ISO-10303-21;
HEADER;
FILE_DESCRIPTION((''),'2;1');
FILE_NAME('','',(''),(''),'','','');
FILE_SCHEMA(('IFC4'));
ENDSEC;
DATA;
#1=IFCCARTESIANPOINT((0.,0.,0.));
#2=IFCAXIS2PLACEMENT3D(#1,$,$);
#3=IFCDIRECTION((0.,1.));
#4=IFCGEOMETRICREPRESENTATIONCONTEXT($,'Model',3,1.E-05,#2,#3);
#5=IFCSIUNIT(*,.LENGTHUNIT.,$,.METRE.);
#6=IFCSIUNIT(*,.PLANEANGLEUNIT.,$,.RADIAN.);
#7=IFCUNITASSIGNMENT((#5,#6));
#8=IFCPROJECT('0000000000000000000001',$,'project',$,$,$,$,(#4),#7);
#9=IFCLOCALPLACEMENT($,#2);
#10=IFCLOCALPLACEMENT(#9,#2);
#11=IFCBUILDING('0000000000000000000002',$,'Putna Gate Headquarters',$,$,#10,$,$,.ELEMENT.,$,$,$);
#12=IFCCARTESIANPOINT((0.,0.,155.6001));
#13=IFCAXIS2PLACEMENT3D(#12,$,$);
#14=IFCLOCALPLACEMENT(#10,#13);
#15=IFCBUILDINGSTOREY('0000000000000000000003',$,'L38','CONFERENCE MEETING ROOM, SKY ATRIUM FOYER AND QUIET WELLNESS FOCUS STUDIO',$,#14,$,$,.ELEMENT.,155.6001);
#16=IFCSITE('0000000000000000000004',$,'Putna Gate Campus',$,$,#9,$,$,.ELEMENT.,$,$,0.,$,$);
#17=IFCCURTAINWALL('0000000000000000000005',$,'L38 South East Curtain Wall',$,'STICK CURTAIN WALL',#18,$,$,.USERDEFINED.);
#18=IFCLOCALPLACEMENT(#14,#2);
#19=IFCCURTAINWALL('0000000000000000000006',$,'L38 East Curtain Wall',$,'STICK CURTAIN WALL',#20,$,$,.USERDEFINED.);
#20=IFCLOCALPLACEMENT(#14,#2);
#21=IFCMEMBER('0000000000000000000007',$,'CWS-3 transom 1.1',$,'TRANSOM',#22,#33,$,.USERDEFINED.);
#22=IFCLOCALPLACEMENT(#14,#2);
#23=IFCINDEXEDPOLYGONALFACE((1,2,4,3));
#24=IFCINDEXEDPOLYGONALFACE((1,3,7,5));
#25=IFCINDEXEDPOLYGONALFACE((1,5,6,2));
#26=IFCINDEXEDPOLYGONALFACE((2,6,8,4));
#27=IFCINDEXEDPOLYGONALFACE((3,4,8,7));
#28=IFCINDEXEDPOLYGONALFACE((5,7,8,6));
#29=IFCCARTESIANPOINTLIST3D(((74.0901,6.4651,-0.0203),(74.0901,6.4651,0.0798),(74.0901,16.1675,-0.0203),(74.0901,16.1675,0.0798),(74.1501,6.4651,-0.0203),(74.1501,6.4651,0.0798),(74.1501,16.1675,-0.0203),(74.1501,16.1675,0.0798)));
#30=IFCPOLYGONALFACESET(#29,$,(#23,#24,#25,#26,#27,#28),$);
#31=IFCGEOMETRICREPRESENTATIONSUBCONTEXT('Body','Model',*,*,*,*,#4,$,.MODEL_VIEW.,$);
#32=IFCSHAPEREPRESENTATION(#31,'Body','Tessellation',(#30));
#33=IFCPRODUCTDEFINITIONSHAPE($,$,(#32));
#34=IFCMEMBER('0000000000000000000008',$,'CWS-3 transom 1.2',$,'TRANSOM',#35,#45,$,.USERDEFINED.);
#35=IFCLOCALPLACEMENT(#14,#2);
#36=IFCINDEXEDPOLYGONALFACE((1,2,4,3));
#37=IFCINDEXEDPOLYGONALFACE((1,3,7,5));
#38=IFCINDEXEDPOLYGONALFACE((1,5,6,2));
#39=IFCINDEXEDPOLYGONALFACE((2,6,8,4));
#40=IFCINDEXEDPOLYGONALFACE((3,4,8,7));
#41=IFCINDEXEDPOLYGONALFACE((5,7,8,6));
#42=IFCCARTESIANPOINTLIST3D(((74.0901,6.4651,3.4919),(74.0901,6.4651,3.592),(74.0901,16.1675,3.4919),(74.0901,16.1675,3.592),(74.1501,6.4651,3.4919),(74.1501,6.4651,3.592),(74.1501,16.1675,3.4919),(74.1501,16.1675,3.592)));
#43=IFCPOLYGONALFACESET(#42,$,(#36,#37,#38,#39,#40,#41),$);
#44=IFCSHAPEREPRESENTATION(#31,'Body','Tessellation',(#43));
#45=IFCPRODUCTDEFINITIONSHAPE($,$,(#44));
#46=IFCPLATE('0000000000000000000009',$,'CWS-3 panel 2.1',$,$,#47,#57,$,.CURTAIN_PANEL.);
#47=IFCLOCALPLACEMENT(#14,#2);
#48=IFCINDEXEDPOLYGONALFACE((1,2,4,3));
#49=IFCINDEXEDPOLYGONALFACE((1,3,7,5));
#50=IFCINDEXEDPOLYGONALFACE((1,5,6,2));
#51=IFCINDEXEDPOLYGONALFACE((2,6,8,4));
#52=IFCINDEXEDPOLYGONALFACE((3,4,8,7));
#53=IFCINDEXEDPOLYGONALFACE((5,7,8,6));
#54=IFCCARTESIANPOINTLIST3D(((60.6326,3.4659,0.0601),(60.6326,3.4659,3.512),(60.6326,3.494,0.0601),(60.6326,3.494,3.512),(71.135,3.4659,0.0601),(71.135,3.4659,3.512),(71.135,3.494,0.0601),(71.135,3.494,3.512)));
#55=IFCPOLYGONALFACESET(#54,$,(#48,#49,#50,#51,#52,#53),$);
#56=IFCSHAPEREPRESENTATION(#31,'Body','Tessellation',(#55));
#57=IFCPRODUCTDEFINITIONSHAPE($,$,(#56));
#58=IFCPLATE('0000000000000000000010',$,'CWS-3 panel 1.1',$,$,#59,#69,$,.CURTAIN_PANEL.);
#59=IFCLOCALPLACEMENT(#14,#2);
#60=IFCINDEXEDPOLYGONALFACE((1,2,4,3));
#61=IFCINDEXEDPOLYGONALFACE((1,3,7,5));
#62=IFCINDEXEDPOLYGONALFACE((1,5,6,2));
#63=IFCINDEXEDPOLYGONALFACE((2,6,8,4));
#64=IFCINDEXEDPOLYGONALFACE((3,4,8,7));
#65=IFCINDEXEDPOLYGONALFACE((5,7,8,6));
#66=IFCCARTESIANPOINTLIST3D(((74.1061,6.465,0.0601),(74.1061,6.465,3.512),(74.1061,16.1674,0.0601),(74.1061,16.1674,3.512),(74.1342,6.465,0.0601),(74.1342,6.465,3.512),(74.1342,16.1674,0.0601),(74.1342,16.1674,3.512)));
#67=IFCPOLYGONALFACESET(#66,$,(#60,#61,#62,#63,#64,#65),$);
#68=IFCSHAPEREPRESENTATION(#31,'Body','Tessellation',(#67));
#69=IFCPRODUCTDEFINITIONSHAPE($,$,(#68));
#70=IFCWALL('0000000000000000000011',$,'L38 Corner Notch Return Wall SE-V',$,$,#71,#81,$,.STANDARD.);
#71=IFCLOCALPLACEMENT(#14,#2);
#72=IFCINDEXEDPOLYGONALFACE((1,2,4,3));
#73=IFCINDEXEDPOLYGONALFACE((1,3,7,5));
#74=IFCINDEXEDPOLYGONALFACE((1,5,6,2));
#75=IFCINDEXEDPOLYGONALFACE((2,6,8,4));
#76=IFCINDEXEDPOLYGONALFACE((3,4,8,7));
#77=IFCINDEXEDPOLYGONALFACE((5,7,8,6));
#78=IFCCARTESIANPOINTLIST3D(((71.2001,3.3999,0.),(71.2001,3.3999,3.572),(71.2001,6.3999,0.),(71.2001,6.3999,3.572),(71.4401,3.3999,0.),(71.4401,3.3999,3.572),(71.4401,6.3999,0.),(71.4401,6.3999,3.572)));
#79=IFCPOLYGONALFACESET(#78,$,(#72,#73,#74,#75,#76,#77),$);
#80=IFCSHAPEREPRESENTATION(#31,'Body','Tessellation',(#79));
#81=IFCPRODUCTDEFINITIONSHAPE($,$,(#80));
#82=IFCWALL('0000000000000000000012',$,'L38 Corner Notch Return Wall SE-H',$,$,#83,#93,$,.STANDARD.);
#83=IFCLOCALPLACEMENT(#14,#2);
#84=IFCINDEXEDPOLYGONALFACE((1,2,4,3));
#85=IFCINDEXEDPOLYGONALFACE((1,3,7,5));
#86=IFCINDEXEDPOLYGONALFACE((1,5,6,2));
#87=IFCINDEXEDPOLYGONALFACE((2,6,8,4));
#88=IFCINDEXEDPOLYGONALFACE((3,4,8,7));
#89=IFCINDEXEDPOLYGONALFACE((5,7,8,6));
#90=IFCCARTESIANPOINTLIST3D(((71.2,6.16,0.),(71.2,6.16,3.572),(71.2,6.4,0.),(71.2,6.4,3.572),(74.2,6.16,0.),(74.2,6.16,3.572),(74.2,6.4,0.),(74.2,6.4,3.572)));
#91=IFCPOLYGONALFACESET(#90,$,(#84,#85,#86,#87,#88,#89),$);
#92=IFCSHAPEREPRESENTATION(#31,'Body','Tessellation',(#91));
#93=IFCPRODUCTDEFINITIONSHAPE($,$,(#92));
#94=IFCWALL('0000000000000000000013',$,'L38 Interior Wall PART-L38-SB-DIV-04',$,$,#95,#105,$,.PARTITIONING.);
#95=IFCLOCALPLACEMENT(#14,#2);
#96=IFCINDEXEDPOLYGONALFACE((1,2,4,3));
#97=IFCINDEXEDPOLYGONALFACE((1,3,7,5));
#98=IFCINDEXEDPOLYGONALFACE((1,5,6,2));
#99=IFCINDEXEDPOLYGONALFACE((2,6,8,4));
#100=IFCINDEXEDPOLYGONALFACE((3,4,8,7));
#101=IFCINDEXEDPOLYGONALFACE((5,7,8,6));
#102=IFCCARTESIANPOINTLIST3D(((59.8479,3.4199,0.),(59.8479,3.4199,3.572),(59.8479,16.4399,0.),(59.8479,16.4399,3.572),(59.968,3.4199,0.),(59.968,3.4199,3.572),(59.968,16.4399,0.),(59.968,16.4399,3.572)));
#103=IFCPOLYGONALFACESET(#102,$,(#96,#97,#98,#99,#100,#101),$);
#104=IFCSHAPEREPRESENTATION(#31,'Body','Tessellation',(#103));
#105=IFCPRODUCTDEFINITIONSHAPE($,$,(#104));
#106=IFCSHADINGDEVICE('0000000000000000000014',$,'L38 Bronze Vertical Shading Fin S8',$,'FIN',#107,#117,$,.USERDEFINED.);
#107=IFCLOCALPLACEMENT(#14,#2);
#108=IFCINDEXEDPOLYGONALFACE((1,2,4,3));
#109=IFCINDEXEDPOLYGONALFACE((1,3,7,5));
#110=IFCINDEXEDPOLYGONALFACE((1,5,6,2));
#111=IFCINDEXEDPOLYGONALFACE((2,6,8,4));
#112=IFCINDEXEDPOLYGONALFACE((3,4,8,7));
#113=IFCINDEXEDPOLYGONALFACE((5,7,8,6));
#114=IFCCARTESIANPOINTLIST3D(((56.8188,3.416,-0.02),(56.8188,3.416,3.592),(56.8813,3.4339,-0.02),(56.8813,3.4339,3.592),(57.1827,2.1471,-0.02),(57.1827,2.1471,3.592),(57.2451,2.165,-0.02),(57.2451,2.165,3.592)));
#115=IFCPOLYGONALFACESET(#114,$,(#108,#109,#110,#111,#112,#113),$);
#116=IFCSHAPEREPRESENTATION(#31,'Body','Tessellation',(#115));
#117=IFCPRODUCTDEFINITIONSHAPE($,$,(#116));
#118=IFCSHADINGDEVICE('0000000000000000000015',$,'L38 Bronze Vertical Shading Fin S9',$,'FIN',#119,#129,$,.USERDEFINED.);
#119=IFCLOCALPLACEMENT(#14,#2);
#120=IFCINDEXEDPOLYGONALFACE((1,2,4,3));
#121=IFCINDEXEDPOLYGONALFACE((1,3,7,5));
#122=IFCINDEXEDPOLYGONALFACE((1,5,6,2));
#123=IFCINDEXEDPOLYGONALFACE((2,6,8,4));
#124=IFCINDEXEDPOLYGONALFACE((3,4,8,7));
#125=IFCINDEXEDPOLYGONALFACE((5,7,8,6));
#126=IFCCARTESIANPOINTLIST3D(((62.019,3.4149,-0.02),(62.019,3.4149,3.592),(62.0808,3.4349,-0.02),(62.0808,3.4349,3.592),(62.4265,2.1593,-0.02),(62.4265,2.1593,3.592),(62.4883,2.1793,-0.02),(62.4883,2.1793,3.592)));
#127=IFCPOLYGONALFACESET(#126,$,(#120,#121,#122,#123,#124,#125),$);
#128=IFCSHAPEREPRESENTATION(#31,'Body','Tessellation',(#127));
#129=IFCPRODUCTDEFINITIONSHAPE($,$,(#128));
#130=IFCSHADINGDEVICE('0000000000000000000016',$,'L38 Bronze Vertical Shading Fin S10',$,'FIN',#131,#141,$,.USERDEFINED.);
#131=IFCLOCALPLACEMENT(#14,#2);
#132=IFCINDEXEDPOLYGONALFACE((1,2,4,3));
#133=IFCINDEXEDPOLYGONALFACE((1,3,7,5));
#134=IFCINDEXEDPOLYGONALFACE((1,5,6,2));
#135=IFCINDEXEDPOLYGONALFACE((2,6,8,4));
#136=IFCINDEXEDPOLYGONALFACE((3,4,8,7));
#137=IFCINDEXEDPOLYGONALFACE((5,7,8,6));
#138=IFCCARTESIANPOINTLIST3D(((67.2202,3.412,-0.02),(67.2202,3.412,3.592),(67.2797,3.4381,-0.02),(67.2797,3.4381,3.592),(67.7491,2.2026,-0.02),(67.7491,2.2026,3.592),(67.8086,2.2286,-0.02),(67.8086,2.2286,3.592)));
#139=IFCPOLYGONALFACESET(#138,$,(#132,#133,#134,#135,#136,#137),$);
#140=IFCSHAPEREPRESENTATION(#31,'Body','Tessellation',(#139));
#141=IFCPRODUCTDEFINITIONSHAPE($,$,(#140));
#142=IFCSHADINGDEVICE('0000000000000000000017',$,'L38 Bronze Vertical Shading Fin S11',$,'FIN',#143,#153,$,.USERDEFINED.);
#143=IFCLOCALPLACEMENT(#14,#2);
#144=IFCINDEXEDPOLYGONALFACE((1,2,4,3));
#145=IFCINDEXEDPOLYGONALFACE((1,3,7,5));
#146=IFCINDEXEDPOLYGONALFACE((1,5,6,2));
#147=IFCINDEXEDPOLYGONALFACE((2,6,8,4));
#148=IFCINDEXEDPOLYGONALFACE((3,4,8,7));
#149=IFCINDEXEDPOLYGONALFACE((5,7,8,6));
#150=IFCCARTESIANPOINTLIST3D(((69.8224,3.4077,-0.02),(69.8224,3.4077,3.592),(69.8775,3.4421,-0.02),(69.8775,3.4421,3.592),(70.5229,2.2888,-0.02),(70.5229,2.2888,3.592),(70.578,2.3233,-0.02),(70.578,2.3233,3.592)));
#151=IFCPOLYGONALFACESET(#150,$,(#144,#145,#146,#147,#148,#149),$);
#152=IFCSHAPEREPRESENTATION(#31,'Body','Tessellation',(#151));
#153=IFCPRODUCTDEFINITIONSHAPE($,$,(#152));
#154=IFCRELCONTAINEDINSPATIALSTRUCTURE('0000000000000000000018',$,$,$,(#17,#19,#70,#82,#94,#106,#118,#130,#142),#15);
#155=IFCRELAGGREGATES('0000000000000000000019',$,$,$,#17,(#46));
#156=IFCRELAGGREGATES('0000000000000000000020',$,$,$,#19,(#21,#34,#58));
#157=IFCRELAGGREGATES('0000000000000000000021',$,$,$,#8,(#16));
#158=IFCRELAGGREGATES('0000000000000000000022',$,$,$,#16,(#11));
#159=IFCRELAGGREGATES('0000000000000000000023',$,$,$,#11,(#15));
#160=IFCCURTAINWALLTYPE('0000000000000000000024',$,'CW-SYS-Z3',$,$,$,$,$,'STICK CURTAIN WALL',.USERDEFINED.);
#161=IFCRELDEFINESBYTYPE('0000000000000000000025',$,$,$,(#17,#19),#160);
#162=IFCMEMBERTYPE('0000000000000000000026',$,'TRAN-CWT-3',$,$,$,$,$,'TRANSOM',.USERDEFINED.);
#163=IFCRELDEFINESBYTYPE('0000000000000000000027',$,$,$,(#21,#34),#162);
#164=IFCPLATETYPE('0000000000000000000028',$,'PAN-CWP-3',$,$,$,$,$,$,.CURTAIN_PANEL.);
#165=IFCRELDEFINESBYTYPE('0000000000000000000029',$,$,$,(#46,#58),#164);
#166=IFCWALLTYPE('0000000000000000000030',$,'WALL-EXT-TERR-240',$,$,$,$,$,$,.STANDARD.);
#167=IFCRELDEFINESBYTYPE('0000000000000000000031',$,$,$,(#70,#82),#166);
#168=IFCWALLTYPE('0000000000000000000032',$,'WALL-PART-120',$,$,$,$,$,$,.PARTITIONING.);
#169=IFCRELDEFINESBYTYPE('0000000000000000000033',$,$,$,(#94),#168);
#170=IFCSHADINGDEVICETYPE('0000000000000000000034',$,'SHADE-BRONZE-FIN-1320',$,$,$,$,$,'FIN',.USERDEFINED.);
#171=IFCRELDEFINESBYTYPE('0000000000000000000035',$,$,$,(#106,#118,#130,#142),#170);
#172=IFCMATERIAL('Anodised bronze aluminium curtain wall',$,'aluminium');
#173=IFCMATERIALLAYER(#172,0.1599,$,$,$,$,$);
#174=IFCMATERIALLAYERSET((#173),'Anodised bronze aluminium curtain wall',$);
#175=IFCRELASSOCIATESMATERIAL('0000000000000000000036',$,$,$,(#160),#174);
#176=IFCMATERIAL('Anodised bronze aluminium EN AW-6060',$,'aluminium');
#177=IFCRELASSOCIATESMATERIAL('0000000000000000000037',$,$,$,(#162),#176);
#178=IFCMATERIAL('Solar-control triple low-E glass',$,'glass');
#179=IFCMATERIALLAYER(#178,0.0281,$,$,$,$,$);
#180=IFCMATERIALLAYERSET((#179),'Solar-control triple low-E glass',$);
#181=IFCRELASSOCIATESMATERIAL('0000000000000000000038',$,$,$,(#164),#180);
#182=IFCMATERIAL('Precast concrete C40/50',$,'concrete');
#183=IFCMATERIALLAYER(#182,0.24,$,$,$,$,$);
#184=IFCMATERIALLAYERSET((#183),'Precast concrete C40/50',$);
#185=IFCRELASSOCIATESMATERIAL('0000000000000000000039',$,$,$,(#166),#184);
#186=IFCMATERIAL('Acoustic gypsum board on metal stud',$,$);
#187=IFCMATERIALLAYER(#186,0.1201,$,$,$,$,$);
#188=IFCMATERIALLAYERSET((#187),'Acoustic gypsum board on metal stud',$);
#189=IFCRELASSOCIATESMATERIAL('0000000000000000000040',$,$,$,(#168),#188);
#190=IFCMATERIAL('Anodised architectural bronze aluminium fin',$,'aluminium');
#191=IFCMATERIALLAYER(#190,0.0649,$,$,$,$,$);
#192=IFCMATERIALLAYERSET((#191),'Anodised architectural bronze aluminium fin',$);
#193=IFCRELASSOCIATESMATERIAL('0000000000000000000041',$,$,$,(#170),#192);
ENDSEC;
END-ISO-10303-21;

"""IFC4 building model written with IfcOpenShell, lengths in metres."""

from ifc_helpers import new_model, si_unit, direction, frame, frame_2d, origin, origin_2d, place, context, subcontext, project, spatial, rectangle, extrude, material, layer, layer_set, material_profile, profile_set, type_object, element, aggregate, save


model = new_model("IFC4")

# Units and contexts
model_context = context("Model", 3, precision=1e-05, world=origin(), true_north=direction((0.0, 1.0)))
body_context = subcontext(model_context, "Body", "Model", "MODEL_VIEW")
ifc_project = project(units=[si_unit("LENGTHUNIT", "METRE"), si_unit("PLANEANGLEUNIT", "RADIAN")], contexts=[model_context])

# Site, building, storey
site_placement = place(None, origin())
site = spatial("IfcSite", under=ifc_project, at=site_placement, Name="Putna Gate Campus", CompositionType="ELEMENT", RefElevation=0.0)
building_placement = place(site_placement, origin())
building = spatial("IfcBuilding", under=site, at=building_placement, Name="Putna Gate Headquarters", CompositionType="ELEMENT")
storey_placement = place(building_placement, frame((0.0, 0.0, 155.6001)))
storey = spatial("IfcBuildingStorey", under=building, at=storey_placement, Name="L38", Description="CONFERENCE MEETING ROOM, SKY ATRIUM FOYER AND QUIET WELLNESS FOCUS STUDIO", CompositionType="ELEMENT", Elevation=155.6001)

# Curtain wall
ifc_material_1 = material(Name="Anodised bronze aluminium curtain wall", Category="aluminium")
ifc_layer_1 = layer(ifc_material_1, 0.1599)
ifc_layer_set_1 = layer_set([ifc_layer_1], Name="Anodised bronze aluminium curtain wall")
curtain_wall_type = type_object("IfcCurtainWallType", Name="CW-SYS-Z3", ElementType="STICK CURTAIN WALL", PredefinedType="USERDEFINED", material=ifc_layer_set_1)
curtain_wall_1_placement = place(storey_placement, origin())
curtain_wall_1 = element("IfcCurtainWall", 1, at=curtain_wall_1_placement, inside=storey, type_object=curtain_wall_type, Name="L38 South East Curtain Wall", ObjectType="STICK CURTAIN WALL", PredefinedType="USERDEFINED")
ifc_material_2 = material(Name="Anodised bronze aluminium EN AW-6060", Category="aluminium")

# Curtain wall
curtain_wall_2_placement = place(storey_placement, origin())
curtain_wall_2 = element("IfcCurtainWall", 2, at=curtain_wall_2_placement, inside=storey, type_object=curtain_wall_type, Name="L38 East Curtain Wall", ObjectType="STICK CURTAIN WALL", PredefinedType="USERDEFINED")

# Members
ifc_material_profile_1 = material_profile(ifc_material_2, rectangle(XDim=0.0601, YDim=0.1001, at=origin_2d()), Name="Anodised bronze aluminium EN AW-6060")
ifc_profile_set_1 = profile_set([ifc_material_profile_1], Name="Anodised bronze aluminium EN AW-6060")
member_type_1 = type_object("IfcMemberType", Name="TRAN-CWT-3", ElementType="TRANSOM", PredefinedType="USERDEFINED", material=ifc_profile_set_1)
member_1_placement = place(storey_placement, frame((74.1201, 6.4651, 0.0298), z_axis=(0.0, 1.0, 0.0), x_axis=(-1.0, 0.0, 0.0)))
member_1 = element("IfcMember", 3, at=member_1_placement, type_object=member_type_1, Name="CWS-3 transom 1.1", ObjectType="TRANSOM", PredefinedType="USERDEFINED", context=body_context, shape_type="SweptSolid", body=[
    extrude(rectangle(XDim=0.0601, YDim=0.1001, at=origin_2d()), origin(), (0.0, 0.0, 1.0), 9.7024),
])
member_2_placement = place(storey_placement, frame((74.1201, 6.4651, 3.542), z_axis=(0.0, 1.0, 0.0), x_axis=(-1.0, 0.0, 0.0)))
member_2 = element("IfcMember", 4, at=member_2_placement, type_object=member_type_1, Name="CWS-3 transom 1.2", ObjectType="TRANSOM", PredefinedType="USERDEFINED", context=body_context, shape_type="SweptSolid", body=[
    extrude(rectangle(XDim=0.0601, YDim=0.1001, at=origin_2d()), origin(), (0.0, 0.0, 1.0), 9.7024),
])

# Plates
ifc_material_3 = material(Name="Solar-control triple low-E glass", Category="glass")
ifc_layer_2 = layer(ifc_material_3, 0.0281)
ifc_layer_set_2 = layer_set([ifc_layer_2], Name="Solar-control triple low-E glass")
plate_type = type_object("IfcPlateType", Name="PAN-CWP-3", PredefinedType="CURTAIN_PANEL", material=ifc_layer_set_2)
plate_1_placement = place(storey_placement, frame((65.8838, 3.48, 0.0601), z_axis=(0.0, 0.0, 1.0), x_axis=(1.0, 0.0, 0.0)))
plate_1 = element("IfcPlate", 5, at=plate_1_placement, type_object=plate_type, Name="CWS-3 panel 2.1", PredefinedType="CURTAIN_PANEL", context=body_context, shape_type="SweptSolid", body=[
    extrude(rectangle(XDim=10.5024, YDim=0.0281, at=origin_2d()), origin(), (0.0, 0.0, 1.0), 3.4519),
])
aggregate(curtain_wall_1, [plate_1])
plate_2_placement = place(storey_placement, frame((74.1201, 11.3162, 0.0601), z_axis=(0.0, 0.0, 1.0), x_axis=(0.0, 1.0, 0.0)))
plate_2 = element("IfcPlate", 6, at=plate_2_placement, type_object=plate_type, Name="CWS-3 panel 1.1", PredefinedType="CURTAIN_PANEL", context=body_context, shape_type="SweptSolid", body=[
    extrude(rectangle(XDim=9.7024, YDim=0.0281, at=origin_2d()), origin(), (0.0, 0.0, 1.0), 3.4519),
])
aggregate(curtain_wall_2, [member_1, member_2, plate_2])

# Walls
ifc_material_4 = material(Name="Precast concrete C40/50", Category="concrete")
ifc_layer_3 = layer(ifc_material_4, 0.24)
ifc_layer_set_3 = layer_set([ifc_layer_3], Name="Precast concrete C40/50")
wall_type_1 = type_object("IfcWallType", Name="WALL-EXT-TERR-240", PredefinedType="STANDARD", material=ifc_layer_set_3)
for number, where, z_axis, x_axis, name in (
    (7, (71.3201, 6.3999, 0.0), (0.0, 0.0, 1.0), (0.0, -1.0, 0.0), "L38 Corner Notch Return Wall SE-V"),
    (8, (74.2, 6.28, 0.0), (0.0, 0.0, 1.0), (-1.0, 0.0, 0.0), "L38 Corner Notch Return Wall SE-H"),
):
    element("IfcWall", number, at=place(storey_placement, frame(where, z_axis=z_axis, x_axis=x_axis)), inside=storey, type_object=wall_type_1, Name=name, PredefinedType="STANDARD", context=body_context, shape_type="SweptSolid", body=[
        extrude(rectangle(XDim=3.0, YDim=0.24, at=frame_2d((1.5, 0.0))), origin(), (0.0, 0.0, 1.0), 3.572),
    ])
ifc_material_5 = material(Name="Acoustic gypsum board on metal stud")
ifc_layer_4 = layer(ifc_material_5, 0.1201)
ifc_layer_set_4 = layer_set([ifc_layer_4], Name="Acoustic gypsum board on metal stud")
wall_type_2 = type_object("IfcWallType", Name="WALL-PART-120", PredefinedType="PARTITIONING", material=ifc_layer_set_4)
wall_placement = place(storey_placement, frame((59.908, 3.4199, 0.0), z_axis=(0.0, 0.0, 1.0), x_axis=(0.0, 1.0, 0.0)))
element("IfcWall", 9, at=wall_placement, inside=storey, type_object=wall_type_2, Name="L38 Interior Wall PART-L38-SB-DIV-04", PredefinedType="PARTITIONING", context=body_context, shape_type="SweptSolid", body=[
    extrude(rectangle(XDim=13.02, YDim=0.1201, at=frame_2d((6.51, 0.0))), origin(), (0.0, 0.0, 1.0), 3.572),
])

# Shading devices
ifc_material_6 = material(Name="Anodised architectural bronze aluminium fin", Category="aluminium")
ifc_layer_5 = layer(ifc_material_6, 0.0649)
ifc_layer_set_5 = layer_set([ifc_layer_5], Name="Anodised architectural bronze aluminium fin")
shading_device_type = type_object("IfcShadingDeviceType", Name="SHADE-BRONZE-FIN-1320", ElementType="FIN", PredefinedType="USERDEFINED", material=ifc_layer_set_5)
for number, where, z_axis, x_axis, name in (
    (10, (57.032, 2.7905, -0.02), (0.0, 0.0, 1.0), (0.275637, -0.961262, 0.0), "L38 Bronze Vertical Shading Fin S8"),
    (11, (62.2537, 2.7971, -0.02), (0.0, 0.0, 1.0), (0.308685, -0.951164, 0.0), "L38 Bronze Vertical Shading Fin S9"),
    (12, (67.5144, 2.8203, -0.02), (0.0, 0.0, 1.0), (0.400669, -0.916223, 0.0), "L38 Bronze Vertical Shading Fin S10"),
    (13, (70.2002, 2.8655, -0.02), (0.0, 0.0, 1.0), (0.530659, -0.847585, 0.0), "L38 Bronze Vertical Shading Fin S11"),
):
    element("IfcShadingDevice", number, at=place(storey_placement, frame(where, z_axis=z_axis, x_axis=x_axis)), inside=storey, type_object=shading_device_type, Name=name, ObjectType="FIN", PredefinedType="USERDEFINED", context=body_context, shape_type="SweptSolid", body=[
        extrude(rectangle(XDim=1.3201, YDim=0.0649, at=origin_2d()), origin(), (0.0, 0.0, 1.0), 3.6121),
    ])

save(model, "model.ifc")
